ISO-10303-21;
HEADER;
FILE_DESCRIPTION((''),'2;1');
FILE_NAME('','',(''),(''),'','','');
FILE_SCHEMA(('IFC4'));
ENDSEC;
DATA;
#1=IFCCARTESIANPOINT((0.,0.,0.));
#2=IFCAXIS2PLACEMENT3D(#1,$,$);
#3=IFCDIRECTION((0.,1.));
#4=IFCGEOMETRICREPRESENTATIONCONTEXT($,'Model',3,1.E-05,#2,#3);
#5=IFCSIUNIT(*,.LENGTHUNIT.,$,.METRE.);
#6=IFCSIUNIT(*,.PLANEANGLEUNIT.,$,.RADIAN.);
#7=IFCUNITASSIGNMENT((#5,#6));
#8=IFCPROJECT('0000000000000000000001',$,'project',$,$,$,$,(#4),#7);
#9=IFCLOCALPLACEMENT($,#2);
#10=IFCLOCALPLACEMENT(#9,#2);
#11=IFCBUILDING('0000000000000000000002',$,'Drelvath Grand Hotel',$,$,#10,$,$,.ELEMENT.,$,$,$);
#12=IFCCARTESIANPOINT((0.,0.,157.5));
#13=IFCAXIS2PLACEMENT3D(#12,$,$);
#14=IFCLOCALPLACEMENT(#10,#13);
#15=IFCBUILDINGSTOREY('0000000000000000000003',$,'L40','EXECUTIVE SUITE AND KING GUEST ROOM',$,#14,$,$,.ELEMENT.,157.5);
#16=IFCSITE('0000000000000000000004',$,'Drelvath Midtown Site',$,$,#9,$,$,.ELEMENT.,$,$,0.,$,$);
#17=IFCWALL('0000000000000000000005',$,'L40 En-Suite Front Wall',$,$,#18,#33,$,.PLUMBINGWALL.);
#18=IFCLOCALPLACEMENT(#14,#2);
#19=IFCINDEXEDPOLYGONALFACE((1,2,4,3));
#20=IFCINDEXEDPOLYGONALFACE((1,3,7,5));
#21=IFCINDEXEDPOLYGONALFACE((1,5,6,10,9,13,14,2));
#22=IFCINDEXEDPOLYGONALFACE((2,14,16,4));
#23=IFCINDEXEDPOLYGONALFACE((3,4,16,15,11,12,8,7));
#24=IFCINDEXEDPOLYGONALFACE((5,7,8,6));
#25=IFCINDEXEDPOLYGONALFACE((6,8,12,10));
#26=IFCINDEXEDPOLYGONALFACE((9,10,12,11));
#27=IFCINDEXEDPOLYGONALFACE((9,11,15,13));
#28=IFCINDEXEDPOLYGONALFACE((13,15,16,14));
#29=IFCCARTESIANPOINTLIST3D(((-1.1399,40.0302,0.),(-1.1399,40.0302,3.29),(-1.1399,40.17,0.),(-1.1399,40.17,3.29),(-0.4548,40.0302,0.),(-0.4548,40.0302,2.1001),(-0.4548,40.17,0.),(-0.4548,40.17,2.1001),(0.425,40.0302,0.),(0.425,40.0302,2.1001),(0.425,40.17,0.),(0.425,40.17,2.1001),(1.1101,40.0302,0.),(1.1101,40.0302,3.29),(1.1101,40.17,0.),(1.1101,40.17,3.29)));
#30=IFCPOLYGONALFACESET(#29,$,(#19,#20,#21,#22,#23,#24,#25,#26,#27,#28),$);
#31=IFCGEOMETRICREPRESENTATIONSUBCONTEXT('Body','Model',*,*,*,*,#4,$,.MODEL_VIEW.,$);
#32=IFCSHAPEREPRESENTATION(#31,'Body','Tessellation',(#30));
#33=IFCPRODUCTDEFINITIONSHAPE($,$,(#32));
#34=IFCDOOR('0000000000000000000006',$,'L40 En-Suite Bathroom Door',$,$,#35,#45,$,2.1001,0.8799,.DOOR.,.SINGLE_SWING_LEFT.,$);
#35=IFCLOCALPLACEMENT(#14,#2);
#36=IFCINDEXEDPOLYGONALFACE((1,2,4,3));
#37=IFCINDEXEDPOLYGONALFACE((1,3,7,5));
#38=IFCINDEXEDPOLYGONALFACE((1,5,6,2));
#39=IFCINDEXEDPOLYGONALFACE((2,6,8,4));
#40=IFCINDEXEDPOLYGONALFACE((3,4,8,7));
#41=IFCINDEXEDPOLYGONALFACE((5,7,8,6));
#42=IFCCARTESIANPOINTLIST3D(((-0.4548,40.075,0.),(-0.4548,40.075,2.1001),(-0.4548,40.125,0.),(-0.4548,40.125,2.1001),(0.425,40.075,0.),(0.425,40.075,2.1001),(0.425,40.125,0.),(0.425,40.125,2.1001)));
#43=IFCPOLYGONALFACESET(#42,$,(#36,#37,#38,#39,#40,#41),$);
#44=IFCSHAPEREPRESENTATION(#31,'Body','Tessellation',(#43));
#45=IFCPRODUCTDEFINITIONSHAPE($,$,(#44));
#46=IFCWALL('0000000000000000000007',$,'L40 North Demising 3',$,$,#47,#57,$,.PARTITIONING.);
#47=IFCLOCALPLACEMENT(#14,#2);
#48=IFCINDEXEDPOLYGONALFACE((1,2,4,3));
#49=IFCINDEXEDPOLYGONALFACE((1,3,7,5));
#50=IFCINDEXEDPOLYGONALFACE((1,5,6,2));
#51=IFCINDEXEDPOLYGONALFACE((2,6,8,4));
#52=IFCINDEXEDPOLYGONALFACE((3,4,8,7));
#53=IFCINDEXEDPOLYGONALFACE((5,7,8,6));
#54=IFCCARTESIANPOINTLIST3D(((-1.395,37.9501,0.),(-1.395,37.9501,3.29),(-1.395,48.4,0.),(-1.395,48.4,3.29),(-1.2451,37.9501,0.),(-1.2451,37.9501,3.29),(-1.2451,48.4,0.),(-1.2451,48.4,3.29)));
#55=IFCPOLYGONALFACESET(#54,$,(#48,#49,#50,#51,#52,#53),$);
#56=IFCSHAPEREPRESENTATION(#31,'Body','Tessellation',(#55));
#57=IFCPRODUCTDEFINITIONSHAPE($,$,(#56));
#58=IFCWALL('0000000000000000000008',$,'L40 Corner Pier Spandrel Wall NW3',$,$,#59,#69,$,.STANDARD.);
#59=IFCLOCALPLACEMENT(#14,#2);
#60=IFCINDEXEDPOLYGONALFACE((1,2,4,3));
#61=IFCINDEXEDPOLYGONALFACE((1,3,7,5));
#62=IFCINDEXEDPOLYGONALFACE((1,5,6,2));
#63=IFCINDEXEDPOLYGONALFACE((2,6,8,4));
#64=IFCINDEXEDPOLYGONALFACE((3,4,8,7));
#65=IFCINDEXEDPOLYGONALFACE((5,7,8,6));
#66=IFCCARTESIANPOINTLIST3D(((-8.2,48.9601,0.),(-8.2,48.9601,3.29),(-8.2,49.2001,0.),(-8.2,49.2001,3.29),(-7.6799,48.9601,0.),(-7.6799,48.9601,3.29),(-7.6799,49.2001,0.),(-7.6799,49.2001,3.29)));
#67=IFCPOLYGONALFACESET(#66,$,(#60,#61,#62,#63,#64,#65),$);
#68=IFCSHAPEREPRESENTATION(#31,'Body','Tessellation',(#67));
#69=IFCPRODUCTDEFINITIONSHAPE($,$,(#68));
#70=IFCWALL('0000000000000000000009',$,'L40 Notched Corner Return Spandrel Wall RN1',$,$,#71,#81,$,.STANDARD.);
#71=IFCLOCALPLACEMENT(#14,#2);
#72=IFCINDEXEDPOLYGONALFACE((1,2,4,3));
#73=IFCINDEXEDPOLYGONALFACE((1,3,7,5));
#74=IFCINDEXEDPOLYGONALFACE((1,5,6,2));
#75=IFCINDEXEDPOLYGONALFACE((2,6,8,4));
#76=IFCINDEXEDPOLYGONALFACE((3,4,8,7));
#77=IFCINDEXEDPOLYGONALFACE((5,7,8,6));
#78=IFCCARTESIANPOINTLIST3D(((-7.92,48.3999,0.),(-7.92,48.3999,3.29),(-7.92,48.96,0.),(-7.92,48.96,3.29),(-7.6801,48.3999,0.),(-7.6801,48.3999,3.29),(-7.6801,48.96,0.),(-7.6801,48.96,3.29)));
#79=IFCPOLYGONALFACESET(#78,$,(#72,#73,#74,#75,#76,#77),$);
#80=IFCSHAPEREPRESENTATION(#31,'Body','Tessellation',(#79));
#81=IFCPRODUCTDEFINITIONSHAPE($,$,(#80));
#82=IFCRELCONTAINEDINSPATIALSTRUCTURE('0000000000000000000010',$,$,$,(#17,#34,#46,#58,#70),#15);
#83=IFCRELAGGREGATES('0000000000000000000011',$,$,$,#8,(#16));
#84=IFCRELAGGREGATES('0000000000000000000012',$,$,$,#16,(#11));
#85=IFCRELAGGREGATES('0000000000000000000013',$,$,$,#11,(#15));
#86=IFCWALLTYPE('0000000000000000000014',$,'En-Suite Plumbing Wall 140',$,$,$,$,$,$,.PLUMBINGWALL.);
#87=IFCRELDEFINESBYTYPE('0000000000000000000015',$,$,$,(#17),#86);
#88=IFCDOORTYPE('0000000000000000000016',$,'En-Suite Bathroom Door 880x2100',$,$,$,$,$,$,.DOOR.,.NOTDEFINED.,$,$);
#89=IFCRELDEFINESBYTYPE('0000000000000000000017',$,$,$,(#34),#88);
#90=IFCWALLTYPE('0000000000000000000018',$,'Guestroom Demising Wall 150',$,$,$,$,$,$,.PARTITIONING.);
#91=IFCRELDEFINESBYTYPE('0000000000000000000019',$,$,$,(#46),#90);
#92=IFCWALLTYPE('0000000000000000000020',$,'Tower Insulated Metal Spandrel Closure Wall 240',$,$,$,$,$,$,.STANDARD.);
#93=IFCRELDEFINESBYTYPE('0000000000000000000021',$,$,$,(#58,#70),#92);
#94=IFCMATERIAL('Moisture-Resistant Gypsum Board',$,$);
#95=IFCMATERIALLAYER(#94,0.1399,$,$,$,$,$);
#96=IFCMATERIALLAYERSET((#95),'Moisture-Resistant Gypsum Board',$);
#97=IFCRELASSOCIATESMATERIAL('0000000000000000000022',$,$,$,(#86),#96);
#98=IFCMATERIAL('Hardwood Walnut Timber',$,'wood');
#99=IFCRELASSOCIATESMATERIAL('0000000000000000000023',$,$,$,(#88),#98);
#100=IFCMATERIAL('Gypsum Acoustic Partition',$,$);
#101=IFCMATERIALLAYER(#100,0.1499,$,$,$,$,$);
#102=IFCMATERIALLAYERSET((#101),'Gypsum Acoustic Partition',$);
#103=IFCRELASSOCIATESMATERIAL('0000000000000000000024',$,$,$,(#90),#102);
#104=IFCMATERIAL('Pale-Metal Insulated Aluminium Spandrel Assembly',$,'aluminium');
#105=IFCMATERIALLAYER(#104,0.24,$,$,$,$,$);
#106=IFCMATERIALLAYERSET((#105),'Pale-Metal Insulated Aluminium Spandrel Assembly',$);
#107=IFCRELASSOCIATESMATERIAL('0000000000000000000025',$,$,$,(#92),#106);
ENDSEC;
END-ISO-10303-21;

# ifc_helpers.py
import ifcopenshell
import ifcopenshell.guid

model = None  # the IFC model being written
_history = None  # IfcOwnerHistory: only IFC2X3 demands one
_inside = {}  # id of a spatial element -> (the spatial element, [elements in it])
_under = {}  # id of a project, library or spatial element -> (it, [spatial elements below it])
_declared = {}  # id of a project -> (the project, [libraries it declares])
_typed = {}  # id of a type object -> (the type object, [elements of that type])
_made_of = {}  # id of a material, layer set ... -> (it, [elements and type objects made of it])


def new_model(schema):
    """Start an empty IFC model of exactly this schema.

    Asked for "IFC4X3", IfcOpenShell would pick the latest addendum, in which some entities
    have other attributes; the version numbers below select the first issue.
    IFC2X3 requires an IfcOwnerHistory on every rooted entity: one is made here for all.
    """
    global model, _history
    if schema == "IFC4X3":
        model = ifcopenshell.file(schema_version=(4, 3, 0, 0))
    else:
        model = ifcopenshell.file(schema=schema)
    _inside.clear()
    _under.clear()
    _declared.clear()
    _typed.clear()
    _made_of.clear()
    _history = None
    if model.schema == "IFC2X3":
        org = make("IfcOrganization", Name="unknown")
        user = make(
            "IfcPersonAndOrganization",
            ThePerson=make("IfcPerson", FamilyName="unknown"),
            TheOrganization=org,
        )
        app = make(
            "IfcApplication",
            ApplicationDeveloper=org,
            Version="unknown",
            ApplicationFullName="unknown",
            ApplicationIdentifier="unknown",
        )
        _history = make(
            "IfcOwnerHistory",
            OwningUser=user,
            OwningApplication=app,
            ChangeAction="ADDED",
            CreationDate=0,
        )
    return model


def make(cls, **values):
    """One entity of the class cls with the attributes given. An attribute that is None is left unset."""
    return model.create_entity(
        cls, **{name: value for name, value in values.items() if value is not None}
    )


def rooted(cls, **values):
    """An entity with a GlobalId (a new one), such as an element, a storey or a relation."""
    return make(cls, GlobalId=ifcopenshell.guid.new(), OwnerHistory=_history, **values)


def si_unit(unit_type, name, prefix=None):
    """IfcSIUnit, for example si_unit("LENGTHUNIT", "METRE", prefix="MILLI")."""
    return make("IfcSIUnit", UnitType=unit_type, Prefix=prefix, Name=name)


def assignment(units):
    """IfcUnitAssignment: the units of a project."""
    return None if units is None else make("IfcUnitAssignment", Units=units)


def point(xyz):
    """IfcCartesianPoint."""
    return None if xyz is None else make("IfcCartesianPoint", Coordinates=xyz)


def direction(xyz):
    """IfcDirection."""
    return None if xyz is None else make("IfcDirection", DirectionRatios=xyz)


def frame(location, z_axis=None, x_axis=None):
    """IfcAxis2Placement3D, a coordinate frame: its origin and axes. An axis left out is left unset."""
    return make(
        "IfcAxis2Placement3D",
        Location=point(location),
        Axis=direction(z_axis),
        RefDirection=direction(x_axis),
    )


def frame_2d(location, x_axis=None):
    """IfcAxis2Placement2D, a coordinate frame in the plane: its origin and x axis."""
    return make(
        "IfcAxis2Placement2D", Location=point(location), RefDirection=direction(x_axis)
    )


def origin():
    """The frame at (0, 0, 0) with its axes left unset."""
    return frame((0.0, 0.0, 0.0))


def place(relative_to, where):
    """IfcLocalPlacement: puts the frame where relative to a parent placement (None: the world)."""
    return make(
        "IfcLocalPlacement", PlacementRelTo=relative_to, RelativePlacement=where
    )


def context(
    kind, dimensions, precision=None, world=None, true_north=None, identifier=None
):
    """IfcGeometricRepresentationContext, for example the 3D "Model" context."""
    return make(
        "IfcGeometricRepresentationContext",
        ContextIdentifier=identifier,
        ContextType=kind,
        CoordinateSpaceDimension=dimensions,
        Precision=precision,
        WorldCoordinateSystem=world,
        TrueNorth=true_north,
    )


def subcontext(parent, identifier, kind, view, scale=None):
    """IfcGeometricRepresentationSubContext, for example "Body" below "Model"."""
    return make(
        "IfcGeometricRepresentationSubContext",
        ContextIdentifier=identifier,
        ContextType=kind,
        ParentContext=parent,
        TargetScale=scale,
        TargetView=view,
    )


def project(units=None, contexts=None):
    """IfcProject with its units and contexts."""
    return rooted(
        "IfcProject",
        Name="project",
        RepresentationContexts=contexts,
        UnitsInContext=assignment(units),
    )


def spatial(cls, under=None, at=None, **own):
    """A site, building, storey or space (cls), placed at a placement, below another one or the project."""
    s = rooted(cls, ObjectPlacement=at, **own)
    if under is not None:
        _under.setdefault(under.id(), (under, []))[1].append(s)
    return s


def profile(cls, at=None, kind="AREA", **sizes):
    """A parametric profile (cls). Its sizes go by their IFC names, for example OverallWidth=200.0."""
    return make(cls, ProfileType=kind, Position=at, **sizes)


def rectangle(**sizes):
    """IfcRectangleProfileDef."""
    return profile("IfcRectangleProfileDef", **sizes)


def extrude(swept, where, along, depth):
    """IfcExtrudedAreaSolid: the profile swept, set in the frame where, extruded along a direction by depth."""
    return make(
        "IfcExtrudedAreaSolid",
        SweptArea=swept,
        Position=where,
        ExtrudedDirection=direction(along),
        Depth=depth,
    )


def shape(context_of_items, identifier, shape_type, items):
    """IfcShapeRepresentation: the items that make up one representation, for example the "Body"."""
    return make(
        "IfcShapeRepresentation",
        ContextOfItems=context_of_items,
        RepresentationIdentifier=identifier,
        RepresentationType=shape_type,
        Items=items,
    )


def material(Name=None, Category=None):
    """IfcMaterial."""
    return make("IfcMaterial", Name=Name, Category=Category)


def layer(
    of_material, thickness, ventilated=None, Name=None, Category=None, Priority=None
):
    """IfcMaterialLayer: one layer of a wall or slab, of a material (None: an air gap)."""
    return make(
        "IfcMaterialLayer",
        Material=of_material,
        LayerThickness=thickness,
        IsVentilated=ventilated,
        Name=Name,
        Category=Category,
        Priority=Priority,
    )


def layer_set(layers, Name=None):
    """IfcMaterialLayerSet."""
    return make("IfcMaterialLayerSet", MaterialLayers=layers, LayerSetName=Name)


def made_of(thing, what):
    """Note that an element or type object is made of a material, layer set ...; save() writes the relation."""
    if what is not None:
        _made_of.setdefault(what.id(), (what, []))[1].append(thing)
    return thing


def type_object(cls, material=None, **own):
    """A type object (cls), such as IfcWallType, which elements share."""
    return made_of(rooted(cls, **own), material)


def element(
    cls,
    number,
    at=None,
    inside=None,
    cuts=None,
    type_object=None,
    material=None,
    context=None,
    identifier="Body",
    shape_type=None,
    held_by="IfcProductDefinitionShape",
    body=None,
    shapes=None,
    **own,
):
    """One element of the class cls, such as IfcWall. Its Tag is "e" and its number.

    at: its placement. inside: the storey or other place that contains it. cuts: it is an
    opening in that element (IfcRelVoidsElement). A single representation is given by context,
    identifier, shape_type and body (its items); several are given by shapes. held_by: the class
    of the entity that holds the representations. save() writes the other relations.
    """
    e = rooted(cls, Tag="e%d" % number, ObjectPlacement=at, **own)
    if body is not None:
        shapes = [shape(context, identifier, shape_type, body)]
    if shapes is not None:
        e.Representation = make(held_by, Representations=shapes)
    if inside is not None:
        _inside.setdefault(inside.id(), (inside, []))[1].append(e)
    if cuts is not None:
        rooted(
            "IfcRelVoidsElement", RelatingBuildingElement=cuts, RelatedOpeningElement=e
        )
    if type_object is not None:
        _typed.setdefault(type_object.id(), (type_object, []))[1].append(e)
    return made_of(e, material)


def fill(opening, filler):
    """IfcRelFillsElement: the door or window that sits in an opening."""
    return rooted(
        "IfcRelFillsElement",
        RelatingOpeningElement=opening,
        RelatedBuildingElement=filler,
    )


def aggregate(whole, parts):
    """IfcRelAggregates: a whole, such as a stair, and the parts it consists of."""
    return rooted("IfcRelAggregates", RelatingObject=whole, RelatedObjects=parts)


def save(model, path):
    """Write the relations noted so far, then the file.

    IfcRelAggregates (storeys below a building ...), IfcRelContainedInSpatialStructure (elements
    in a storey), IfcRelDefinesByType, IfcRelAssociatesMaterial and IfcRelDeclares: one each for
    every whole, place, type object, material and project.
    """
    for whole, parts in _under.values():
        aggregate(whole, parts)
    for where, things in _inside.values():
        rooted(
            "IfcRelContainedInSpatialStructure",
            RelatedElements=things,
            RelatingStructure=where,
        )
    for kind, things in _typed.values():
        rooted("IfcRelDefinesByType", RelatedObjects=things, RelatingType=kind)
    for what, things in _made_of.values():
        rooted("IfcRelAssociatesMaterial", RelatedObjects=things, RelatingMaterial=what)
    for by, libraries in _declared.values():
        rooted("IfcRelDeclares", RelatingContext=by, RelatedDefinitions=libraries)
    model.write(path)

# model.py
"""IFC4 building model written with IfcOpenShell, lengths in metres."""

from ifc_helpers import new_model, si_unit, direction, frame, frame_2d, origin, place, context, subcontext, project, spatial, rectangle, extrude, material, layer, layer_set, type_object, element, fill, save


model = new_model("IFC4")

# Units and contexts
model_context = context("Model", 3, precision=1e-05, world=origin(), true_north=direction((0.0, 1.0)))
body_context = subcontext(model_context, "Body", "Model", "MODEL_VIEW")
ifc_project = project(units=[si_unit("LENGTHUNIT", "METRE"), si_unit("PLANEANGLEUNIT", "RADIAN")], contexts=[model_context])

# Site, building, storey
site_placement = place(None, origin())
site = spatial("IfcSite", under=ifc_project, at=site_placement, Name="Drelvath Midtown Site", CompositionType="ELEMENT", RefElevation=0.0)
building_placement = place(site_placement, origin())
building = spatial("IfcBuilding", under=site, at=building_placement, Name="Drelvath Grand Hotel", CompositionType="ELEMENT")
storey_placement = place(building_placement, frame((0.0, 0.0, 157.5)))
storey = spatial("IfcBuildingStorey", under=building, at=storey_placement, Name="L40", Description="EXECUTIVE SUITE AND KING GUEST ROOM", CompositionType="ELEMENT", Elevation=157.5)

# Shared definitions
ifc_material_1 = material(Name="Moisture-Resistant Gypsum Board")
ifc_layer_1 = layer(ifc_material_1, 0.1399)
ifc_layer_set_1 = layer_set([ifc_layer_1], Name="Moisture-Resistant Gypsum Board")
wall_type_1 = type_object("IfcWallType", Name="En-Suite Plumbing Wall 140", PredefinedType="PLUMBINGWALL", material=ifc_layer_set_1)
ifc_material_2 = material(Name="Hardwood Walnut Timber", Category="wood")
door_type = type_object("IfcDoorType", Name="En-Suite Bathroom Door 880x2100", OperationType="NOTDEFINED", PredefinedType="DOOR", material=ifc_material_2)

# Wall, opening, door
wall_1_placement = place(storey_placement, frame((-1.1399, 40.1001, 0.0), z_axis=(0.0, 0.0, 1.0), x_axis=(1.0, 0.0, 0.0)))
wall_1 = element("IfcWall", 1, at=wall_1_placement, inside=storey, type_object=wall_type_1, Name="L40 En-Suite Front Wall", PredefinedType="PLUMBINGWALL", context=body_context, shape_type="SweptSolid", body=[
    extrude(rectangle(XDim=2.25, YDim=0.1399, at=frame_2d((1.125, 0.0))), origin(), (0.0, 0.0, 1.0), 3.29),
])
opening_1_placement = place(wall_1_placement, frame((0.6851, 0.0, 0.0)))
opening_1 = element("IfcOpeningElement", 2, at=opening_1_placement, cuts=wall_1, PredefinedType="OPENING", context=body_context, shape_type="SweptSolid", body=[
    extrude(rectangle(XDim=0.8799, YDim=2.1001, at=frame_2d((0.4399, 1.05))), frame((0.0, 0.0798, 0.0), z_axis=(0.0, -1.0, 0.0), x_axis=(1.0, 0.0, 0.0)), (0.0, 0.0, 1.0), 0.1599),
])
door_1_placement = place(opening_1_placement, origin())
door_1 = element("IfcDoor", 3, at=door_1_placement, inside=storey, type_object=door_type, Name="L40 En-Suite Bathroom Door", OperationType="SINGLE_SWING_LEFT", OverallHeight=2.1001, OverallWidth=0.8799, PredefinedType="DOOR", context=body_context, shape_type="SweptSolid", body=[
    extrude(rectangle(XDim=0.8799, YDim=2.1001, at=frame_2d((0.4399, 1.05))), frame((0.0, 0.0249, 0.0), z_axis=(0.0, -1.0, 0.0), x_axis=(1.0, 0.0, 0.0)), (0.0, 0.0, 1.0), 0.05),
])
fill(opening_1, door_1)

# Walls
ifc_material_3 = material(Name="Gypsum Acoustic Partition")
ifc_layer_2 = layer(ifc_material_3, 0.1499)
ifc_layer_set_2 = layer_set([ifc_layer_2], Name="Gypsum Acoustic Partition")
wall_type_2 = type_object("IfcWallType", Name="Guestroom Demising Wall 150", PredefinedType="PARTITIONING", material=ifc_layer_set_2)
wall_2_placement = place(storey_placement, frame((-1.3201, 37.95, 0.0), z_axis=(0.0, 0.0, 1.0), x_axis=(0.0, 1.0, 0.0)))
element("IfcWall", 4, at=wall_2_placement, inside=storey, type_object=wall_type_2, Name="L40 North Demising 3", PredefinedType="PARTITIONING", context=body_context, shape_type="SweptSolid", body=[
    extrude(rectangle(XDim=10.45, YDim=0.1499, at=frame_2d((5.2251, 0.0))), origin(), (0.0, 0.0, 1.0), 3.29),
])
ifc_material_4 = material(Name="Pale-Metal Insulated Aluminium Spandrel Assembly", Category="aluminium")
ifc_layer_3 = layer(ifc_material_4, 0.24)
ifc_layer_set_3 = layer_set([ifc_layer_3], Name="Pale-Metal Insulated Aluminium Spandrel Assembly")
wall_type_3 = type_object("IfcWallType", Name="Tower Insulated Metal Spandrel Closure Wall 240", PredefinedType="STANDARD", material=ifc_layer_set_3)
wall_3_placement = place(storey_placement, frame((-8.2, 49.0801, 0.0), z_axis=(0.0, 0.0, 1.0), x_axis=(1.0, 0.0, 0.0)))
element("IfcWall", 5, at=wall_3_placement, inside=storey, type_object=wall_type_3, Name="L40 Corner Pier Spandrel Wall NW3", PredefinedType="STANDARD", context=body_context, shape_type="SweptSolid", body=[
    extrude(rectangle(XDim=0.52, YDim=0.24, at=frame_2d((0.26, 0.0))), origin(), (0.0, 0.0, 1.0), 3.29),
])
wall_4_placement = place(storey_placement, frame((-7.8, 48.96, 0.0), z_axis=(0.0, 0.0, 1.0), x_axis=(0.0, -1.0, 0.0)))
element("IfcWall", 6, at=wall_4_placement, inside=storey, type_object=wall_type_3, Name="L40 Notched Corner Return Spandrel Wall RN1", PredefinedType="STANDARD", context=body_context, shape_type="SweptSolid", body=[
    extrude(rectangle(XDim=0.5601, YDim=0.24, at=frame_2d((0.28, 0.0))), origin(), (0.0, 0.0, 1.0), 3.29),
])

save(model, "model.ifc")
